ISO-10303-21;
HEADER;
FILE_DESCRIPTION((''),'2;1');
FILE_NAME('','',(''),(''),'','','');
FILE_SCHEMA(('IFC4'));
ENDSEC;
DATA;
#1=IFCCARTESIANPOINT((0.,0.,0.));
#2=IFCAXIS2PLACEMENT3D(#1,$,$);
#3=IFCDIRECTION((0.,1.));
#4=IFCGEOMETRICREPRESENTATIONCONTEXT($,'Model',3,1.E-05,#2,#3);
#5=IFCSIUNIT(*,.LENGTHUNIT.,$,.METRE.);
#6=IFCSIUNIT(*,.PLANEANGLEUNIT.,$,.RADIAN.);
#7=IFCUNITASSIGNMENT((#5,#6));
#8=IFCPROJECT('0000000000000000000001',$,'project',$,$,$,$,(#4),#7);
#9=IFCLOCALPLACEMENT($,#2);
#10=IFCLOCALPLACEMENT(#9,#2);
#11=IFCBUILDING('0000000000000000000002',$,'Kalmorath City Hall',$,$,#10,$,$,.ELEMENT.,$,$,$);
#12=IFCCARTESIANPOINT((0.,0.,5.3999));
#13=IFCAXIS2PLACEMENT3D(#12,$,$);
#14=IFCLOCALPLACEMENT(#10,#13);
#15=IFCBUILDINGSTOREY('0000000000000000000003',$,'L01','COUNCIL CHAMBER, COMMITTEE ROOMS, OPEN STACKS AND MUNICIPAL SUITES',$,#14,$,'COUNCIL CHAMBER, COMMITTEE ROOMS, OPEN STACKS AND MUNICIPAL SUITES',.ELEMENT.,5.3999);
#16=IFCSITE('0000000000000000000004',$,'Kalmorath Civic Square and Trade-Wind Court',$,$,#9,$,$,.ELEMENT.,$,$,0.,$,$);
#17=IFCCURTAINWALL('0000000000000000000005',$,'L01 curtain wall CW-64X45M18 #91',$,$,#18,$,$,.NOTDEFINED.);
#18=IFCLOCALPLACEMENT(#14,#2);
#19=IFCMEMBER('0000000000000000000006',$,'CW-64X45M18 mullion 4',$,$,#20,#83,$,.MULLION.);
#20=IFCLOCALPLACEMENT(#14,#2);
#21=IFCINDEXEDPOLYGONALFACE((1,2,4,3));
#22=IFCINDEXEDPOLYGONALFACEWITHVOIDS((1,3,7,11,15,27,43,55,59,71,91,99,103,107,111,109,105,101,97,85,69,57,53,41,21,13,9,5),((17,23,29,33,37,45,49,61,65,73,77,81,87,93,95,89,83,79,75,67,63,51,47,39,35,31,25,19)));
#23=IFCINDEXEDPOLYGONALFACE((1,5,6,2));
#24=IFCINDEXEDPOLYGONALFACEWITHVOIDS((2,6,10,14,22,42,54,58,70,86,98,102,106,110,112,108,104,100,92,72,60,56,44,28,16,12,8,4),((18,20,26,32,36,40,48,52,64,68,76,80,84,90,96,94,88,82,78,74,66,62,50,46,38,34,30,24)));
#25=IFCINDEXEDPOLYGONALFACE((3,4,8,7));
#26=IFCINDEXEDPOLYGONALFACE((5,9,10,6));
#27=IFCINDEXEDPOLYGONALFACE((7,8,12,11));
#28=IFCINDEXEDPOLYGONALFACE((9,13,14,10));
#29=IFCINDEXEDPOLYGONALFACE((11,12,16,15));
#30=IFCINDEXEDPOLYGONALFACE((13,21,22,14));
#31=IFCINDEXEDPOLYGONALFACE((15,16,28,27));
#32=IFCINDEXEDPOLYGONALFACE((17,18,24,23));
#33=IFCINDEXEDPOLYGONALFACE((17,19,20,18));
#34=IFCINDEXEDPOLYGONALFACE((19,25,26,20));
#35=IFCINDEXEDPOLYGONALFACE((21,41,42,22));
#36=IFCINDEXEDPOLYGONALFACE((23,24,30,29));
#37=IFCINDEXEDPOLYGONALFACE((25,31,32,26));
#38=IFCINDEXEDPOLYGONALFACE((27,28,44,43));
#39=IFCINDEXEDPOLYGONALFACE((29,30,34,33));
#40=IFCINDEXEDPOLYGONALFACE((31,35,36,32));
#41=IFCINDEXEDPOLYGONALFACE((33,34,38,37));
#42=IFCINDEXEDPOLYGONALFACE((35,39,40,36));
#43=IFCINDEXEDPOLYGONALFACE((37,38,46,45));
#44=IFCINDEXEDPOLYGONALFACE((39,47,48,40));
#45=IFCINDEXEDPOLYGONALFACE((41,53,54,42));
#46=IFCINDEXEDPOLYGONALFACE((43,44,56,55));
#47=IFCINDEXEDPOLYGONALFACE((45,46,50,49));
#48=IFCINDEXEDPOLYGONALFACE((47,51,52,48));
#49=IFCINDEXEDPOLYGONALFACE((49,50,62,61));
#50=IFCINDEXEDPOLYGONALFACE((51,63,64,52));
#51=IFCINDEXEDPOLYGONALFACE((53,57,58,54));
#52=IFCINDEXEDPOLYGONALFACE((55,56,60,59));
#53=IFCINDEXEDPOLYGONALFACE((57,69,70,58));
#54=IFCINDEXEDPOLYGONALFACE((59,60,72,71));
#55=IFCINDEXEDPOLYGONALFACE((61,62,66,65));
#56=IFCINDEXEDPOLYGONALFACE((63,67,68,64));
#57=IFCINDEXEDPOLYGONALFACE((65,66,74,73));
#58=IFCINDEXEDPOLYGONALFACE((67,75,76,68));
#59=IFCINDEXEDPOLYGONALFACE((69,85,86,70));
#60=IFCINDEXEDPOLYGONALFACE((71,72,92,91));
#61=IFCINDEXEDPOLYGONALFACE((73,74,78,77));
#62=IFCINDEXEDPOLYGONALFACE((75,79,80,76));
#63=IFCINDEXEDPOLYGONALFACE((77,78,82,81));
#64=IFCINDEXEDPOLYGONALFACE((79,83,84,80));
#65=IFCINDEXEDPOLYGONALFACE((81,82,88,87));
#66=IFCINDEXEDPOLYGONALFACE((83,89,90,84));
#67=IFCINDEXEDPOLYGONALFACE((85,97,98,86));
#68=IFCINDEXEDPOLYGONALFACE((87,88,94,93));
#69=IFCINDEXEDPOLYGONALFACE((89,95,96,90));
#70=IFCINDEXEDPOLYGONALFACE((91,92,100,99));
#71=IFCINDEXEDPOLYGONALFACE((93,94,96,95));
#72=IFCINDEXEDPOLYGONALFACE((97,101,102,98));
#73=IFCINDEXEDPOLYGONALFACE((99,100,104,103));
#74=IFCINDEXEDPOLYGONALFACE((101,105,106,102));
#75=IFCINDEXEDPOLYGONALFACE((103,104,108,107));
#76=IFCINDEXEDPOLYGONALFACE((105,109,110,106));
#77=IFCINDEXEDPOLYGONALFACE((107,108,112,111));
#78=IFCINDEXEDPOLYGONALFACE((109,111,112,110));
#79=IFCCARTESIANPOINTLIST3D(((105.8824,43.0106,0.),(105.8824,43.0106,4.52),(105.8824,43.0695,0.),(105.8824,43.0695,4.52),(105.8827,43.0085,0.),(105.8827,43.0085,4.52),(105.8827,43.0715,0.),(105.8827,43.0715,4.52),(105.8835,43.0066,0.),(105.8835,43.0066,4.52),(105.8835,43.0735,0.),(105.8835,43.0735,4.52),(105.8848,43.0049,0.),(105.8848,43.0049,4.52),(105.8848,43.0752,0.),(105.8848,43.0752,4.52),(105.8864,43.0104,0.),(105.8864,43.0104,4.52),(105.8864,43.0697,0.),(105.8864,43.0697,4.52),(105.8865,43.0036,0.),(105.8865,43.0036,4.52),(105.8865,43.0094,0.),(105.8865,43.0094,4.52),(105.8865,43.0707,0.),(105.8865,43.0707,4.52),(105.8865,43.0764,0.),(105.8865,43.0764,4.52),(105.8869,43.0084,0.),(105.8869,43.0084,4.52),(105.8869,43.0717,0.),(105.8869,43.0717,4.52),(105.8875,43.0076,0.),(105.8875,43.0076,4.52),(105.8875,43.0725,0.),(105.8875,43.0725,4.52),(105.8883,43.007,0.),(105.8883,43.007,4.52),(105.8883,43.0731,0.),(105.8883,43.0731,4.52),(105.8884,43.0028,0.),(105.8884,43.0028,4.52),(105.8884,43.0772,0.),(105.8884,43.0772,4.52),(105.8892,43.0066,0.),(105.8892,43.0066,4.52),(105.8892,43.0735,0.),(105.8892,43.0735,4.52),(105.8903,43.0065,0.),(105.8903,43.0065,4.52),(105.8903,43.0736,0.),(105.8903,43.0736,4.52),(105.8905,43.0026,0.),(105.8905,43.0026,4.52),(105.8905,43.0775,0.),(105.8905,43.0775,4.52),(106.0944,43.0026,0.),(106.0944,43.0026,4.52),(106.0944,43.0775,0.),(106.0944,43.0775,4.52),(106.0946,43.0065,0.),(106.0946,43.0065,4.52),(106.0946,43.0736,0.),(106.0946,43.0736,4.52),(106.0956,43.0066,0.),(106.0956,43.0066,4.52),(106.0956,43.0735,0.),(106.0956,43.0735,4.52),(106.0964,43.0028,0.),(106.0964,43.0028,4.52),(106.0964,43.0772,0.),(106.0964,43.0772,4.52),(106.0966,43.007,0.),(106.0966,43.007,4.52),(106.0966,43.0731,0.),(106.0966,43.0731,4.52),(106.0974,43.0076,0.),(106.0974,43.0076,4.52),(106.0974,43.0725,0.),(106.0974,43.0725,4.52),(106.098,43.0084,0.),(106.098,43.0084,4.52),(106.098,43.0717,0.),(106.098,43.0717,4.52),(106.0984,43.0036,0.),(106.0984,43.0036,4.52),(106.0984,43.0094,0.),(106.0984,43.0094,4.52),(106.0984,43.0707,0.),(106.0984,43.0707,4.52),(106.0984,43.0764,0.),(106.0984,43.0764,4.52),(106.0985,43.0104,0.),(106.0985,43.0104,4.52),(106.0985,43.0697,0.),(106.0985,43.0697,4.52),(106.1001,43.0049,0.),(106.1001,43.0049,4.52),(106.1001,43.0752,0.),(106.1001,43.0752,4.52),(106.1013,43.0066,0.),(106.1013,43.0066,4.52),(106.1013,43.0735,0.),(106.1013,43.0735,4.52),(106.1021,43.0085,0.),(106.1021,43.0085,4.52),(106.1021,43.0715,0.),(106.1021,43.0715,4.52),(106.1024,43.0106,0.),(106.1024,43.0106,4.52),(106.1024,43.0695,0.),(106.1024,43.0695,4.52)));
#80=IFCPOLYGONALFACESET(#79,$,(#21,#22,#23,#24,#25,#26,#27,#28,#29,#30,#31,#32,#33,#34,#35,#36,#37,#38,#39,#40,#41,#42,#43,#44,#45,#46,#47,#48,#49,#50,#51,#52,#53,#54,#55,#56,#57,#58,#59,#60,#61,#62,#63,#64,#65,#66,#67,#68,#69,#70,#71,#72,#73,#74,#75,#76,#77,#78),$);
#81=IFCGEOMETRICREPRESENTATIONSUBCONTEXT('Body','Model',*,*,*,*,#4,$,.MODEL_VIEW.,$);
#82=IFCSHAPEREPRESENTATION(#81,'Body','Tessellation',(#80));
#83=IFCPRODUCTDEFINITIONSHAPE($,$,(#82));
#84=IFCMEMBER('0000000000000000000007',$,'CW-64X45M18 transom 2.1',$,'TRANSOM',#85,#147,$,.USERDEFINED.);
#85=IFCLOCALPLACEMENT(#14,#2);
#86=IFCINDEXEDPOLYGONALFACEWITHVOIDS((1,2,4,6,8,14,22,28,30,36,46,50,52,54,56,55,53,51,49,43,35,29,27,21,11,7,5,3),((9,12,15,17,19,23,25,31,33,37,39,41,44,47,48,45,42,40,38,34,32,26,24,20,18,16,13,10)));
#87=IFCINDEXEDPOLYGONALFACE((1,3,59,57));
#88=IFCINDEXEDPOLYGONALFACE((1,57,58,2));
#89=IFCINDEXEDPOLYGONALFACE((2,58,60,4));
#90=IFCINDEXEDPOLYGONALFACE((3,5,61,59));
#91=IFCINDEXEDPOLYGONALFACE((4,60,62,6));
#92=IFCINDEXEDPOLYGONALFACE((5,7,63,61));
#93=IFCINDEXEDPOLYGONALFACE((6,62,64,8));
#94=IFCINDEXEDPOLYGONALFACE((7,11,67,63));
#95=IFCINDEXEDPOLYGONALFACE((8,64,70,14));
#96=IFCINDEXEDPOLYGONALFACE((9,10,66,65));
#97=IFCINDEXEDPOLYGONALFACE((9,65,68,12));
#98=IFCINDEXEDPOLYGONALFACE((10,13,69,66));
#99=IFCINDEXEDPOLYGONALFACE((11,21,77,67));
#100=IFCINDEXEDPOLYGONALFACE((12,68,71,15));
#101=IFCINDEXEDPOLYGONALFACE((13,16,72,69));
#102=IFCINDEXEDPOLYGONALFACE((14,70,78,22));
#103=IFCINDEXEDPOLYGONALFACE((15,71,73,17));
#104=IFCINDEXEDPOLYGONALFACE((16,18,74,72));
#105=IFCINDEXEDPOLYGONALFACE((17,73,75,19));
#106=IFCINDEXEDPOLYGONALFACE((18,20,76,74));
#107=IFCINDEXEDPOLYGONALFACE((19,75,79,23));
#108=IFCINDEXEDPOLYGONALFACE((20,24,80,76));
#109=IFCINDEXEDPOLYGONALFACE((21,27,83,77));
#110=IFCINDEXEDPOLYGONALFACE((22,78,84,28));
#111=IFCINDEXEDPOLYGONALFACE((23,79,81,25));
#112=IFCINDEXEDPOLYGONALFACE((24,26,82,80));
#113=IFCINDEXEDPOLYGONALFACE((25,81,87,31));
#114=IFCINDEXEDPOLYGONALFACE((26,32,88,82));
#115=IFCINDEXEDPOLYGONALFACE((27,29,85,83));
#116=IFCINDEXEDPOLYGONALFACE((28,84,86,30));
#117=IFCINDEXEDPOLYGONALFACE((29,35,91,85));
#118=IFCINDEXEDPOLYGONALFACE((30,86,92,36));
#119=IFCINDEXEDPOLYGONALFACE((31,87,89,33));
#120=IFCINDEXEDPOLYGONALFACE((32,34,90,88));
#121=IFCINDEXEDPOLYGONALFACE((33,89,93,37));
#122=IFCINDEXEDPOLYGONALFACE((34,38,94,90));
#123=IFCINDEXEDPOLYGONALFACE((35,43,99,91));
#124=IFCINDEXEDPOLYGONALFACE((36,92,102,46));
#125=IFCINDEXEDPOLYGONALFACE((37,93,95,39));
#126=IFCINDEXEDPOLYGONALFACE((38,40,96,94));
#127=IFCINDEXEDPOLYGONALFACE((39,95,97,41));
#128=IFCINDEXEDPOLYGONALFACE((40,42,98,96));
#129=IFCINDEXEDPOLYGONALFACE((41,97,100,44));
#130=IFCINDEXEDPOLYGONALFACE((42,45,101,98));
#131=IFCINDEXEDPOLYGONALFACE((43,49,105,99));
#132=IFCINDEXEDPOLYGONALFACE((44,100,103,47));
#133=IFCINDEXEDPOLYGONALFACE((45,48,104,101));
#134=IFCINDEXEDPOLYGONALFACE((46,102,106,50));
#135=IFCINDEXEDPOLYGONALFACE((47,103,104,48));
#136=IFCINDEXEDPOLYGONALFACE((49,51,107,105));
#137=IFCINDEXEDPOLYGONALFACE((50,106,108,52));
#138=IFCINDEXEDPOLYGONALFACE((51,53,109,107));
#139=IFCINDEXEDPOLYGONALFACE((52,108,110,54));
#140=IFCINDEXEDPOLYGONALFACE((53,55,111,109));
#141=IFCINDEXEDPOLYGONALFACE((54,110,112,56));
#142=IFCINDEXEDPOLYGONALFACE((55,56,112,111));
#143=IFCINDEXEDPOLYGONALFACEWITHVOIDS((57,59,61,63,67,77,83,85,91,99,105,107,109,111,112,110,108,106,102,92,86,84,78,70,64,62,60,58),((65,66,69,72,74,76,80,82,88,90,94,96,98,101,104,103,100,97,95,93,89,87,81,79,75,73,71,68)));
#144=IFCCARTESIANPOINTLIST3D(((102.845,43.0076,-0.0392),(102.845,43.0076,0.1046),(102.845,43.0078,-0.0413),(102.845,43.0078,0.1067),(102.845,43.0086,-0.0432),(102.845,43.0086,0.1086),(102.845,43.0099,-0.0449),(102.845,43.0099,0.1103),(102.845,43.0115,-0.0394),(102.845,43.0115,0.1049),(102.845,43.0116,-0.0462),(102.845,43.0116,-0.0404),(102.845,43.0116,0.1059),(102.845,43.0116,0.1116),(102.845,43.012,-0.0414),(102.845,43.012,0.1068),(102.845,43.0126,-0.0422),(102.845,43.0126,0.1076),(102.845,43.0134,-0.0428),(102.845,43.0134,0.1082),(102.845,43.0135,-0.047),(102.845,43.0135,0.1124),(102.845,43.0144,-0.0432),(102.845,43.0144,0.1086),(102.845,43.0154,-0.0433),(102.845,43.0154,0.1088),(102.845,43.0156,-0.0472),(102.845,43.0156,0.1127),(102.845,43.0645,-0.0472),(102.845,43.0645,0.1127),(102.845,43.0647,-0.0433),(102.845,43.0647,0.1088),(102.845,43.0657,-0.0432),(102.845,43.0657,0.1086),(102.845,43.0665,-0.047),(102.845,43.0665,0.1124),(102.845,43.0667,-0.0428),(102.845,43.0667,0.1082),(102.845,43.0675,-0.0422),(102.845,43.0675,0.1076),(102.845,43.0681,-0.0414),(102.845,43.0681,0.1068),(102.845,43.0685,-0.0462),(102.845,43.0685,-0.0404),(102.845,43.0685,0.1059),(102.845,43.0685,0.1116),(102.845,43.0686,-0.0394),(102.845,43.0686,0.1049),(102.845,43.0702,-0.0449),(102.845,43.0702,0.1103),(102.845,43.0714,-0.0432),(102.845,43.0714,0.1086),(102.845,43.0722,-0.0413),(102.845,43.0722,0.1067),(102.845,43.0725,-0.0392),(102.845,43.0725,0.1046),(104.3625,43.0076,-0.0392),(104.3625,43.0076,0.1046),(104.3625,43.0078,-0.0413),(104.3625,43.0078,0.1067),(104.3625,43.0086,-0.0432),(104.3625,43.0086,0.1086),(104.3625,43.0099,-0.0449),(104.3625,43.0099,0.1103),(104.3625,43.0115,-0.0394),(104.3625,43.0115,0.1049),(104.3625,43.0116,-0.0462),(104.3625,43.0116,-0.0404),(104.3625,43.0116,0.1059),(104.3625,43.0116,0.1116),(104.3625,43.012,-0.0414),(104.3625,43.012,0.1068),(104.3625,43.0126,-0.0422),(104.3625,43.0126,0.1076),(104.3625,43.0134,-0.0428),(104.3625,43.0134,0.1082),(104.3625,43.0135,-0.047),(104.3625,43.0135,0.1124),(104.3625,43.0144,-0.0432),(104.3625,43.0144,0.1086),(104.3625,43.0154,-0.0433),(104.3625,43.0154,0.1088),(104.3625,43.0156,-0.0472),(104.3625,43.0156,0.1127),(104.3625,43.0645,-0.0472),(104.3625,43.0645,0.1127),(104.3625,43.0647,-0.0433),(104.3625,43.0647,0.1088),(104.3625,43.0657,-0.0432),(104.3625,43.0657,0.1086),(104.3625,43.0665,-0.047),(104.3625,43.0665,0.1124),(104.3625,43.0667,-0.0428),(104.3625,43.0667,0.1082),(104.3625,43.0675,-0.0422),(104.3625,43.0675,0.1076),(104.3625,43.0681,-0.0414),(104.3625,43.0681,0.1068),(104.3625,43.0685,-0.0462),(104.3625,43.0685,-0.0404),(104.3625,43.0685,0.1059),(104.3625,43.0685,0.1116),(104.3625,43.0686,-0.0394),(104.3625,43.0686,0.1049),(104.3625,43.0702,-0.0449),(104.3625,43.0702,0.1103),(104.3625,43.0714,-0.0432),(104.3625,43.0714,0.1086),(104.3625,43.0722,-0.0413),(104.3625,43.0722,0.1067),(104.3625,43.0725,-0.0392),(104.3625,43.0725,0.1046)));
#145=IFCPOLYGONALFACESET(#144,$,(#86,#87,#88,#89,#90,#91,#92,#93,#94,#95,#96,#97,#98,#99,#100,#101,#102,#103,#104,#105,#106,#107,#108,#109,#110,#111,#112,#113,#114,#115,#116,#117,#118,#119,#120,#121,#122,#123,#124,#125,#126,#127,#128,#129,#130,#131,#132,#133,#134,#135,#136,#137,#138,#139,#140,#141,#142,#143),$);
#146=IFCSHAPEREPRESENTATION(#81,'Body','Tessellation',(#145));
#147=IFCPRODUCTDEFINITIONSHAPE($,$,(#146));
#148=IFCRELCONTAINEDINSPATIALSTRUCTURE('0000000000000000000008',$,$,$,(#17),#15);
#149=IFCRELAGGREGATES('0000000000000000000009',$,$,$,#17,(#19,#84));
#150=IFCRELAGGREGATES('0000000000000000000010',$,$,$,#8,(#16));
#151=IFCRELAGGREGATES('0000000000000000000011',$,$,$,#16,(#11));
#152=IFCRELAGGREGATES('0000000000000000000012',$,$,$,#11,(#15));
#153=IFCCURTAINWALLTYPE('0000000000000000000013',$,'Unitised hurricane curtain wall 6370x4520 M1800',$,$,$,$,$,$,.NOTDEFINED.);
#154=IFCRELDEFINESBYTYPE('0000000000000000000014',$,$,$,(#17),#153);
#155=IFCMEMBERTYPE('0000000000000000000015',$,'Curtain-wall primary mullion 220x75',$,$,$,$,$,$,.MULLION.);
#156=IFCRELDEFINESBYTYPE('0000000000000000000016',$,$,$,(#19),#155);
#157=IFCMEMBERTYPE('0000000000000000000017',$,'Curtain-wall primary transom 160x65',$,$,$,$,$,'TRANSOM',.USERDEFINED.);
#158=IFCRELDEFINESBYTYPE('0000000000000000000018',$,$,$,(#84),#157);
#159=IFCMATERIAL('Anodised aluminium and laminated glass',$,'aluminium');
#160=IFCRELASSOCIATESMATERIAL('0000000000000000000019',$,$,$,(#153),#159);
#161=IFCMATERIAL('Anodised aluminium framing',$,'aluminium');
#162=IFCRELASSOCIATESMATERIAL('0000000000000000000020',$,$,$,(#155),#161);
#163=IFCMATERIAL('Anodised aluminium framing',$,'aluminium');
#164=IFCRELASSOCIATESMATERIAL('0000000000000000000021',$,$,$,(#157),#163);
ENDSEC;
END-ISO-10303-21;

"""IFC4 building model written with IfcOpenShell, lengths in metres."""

from ifc_helpers import new_model, si_unit, direction, frame, origin, origin_2d, place, context, subcontext, project, spatial, hollow_rectangle, extrude, material, material_profile, profile_set, type_object, element, aggregate, save


model = new_model("IFC4")

# Units and contexts
model_context = context("Model", 3, precision=1e-05, world=origin(), true_north=direction((0.0, 1.0)))
body_context = subcontext(model_context, "Body", "Model", "MODEL_VIEW")
ifc_project = project(units=[si_unit("LENGTHUNIT", "METRE"), si_unit("PLANEANGLEUNIT", "RADIAN")], contexts=[model_context])

# Site, building, storey
site_placement = place(None, origin())
site = spatial("IfcSite", under=ifc_project, at=site_placement, Name="Kalmorath Civic Square and Trade-Wind Court", CompositionType="ELEMENT", RefElevation=0.0)
building_placement = place(site_placement, origin())
building = spatial("IfcBuilding", under=site, at=building_placement, Name="Kalmorath City Hall", CompositionType="ELEMENT")
storey_placement = place(building_placement, frame((0.0, 0.0, 5.3999)))
storey = spatial("IfcBuildingStorey", under=building, at=storey_placement, Name="L01", Description="COUNCIL CHAMBER, COMMITTEE ROOMS, OPEN STACKS AND MUNICIPAL SUITES", LongName="COUNCIL CHAMBER, COMMITTEE ROOMS, OPEN STACKS AND MUNICIPAL SUITES", CompositionType="ELEMENT", Elevation=5.3999)

# Curtain wall, members
ifc_material_1 = material(Name="Anodised aluminium and laminated glass", Category="aluminium")
curtain_wall_type = type_object("IfcCurtainWallType", Name="Unitised hurricane curtain wall 6370x4520 M1800", PredefinedType="NOTDEFINED", material=ifc_material_1)
curtain_wall_placement = place(storey_placement, origin())
curtain_wall = element("IfcCurtainWall", 1, at=curtain_wall_placement, inside=storey, type_object=curtain_wall_type, Name="L01 curtain wall CW-64X45M18 #91", PredefinedType="NOTDEFINED")
ifc_material_2 = material(Name="Anodised aluminium framing", Category="aluminium")
ifc_material_profile_1 = material_profile(ifc_material_2, hollow_rectangle(XDim=0.075, YDim=0.22, WallThickness=0.0039, InnerFilletRadius=0.0039, OuterFilletRadius=0.0081, at=origin_2d()), Name="ALU-MUL-220X75X4")
ifc_profile_set_1 = profile_set([ifc_material_profile_1], Name="Anodised aluminium framing")
member_type_1 = type_object("IfcMemberType", Name="Curtain-wall primary mullion 220x75", PredefinedType="MULLION", material=ifc_profile_set_1)
member_1_placement = place(storey_placement, frame((105.9924, 43.04, 0.0), z_axis=(0.0, 0.0, 1.0), x_axis=(0.0, 1.0, 0.0)))
member_1 = element("IfcMember", 2, at=member_1_placement, type_object=member_type_1, Name="CW-64X45M18 mullion 4", PredefinedType="MULLION", context=body_context, shape_type="SweptSolid", body=[
    extrude(hollow_rectangle(XDim=0.075, YDim=0.22, WallThickness=0.0039, InnerFilletRadius=0.0039, OuterFilletRadius=0.0081, at=origin_2d()), origin(), (0.0, 0.0, 1.0), 4.52),
])
ifc_material_3 = material(Name="Anodised aluminium framing", Category="aluminium")
ifc_material_profile_2 = material_profile(ifc_material_3, hollow_rectangle(XDim=0.0649, YDim=0.1599, WallThickness=0.0039, InnerFilletRadius=0.0039, OuterFilletRadius=0.0081, at=origin_2d()), Name="ALU-TRN-160X65X4")
ifc_profile_set_2 = profile_set([ifc_material_profile_2], Name="Anodised aluminium framing")
member_type_2 = type_object("IfcMemberType", Name="Curtain-wall primary transom 160x65", ElementType="TRANSOM", PredefinedType="USERDEFINED", material=ifc_profile_set_2)
member_2_placement = place(storey_placement, frame((102.845, 43.04, 0.0327), z_axis=(1.0, 0.0, 0.0), x_axis=(0.0, 1.0, 0.0)))
member_2 = element("IfcMember", 3, at=member_2_placement, type_object=member_type_2, Name="CW-64X45M18 transom 2.1", ObjectType="TRANSOM", PredefinedType="USERDEFINED", context=body_context, shape_type="SweptSolid", body=[
    extrude(hollow_rectangle(XDim=0.0649, YDim=0.1599, WallThickness=0.0039, InnerFilletRadius=0.0039, OuterFilletRadius=0.0081, at=origin_2d()), origin(), (0.0, 0.0, 1.0), 1.5176),
])
aggregate(curtain_wall, [member_1, member_2])

save(model, "model.ifc")
